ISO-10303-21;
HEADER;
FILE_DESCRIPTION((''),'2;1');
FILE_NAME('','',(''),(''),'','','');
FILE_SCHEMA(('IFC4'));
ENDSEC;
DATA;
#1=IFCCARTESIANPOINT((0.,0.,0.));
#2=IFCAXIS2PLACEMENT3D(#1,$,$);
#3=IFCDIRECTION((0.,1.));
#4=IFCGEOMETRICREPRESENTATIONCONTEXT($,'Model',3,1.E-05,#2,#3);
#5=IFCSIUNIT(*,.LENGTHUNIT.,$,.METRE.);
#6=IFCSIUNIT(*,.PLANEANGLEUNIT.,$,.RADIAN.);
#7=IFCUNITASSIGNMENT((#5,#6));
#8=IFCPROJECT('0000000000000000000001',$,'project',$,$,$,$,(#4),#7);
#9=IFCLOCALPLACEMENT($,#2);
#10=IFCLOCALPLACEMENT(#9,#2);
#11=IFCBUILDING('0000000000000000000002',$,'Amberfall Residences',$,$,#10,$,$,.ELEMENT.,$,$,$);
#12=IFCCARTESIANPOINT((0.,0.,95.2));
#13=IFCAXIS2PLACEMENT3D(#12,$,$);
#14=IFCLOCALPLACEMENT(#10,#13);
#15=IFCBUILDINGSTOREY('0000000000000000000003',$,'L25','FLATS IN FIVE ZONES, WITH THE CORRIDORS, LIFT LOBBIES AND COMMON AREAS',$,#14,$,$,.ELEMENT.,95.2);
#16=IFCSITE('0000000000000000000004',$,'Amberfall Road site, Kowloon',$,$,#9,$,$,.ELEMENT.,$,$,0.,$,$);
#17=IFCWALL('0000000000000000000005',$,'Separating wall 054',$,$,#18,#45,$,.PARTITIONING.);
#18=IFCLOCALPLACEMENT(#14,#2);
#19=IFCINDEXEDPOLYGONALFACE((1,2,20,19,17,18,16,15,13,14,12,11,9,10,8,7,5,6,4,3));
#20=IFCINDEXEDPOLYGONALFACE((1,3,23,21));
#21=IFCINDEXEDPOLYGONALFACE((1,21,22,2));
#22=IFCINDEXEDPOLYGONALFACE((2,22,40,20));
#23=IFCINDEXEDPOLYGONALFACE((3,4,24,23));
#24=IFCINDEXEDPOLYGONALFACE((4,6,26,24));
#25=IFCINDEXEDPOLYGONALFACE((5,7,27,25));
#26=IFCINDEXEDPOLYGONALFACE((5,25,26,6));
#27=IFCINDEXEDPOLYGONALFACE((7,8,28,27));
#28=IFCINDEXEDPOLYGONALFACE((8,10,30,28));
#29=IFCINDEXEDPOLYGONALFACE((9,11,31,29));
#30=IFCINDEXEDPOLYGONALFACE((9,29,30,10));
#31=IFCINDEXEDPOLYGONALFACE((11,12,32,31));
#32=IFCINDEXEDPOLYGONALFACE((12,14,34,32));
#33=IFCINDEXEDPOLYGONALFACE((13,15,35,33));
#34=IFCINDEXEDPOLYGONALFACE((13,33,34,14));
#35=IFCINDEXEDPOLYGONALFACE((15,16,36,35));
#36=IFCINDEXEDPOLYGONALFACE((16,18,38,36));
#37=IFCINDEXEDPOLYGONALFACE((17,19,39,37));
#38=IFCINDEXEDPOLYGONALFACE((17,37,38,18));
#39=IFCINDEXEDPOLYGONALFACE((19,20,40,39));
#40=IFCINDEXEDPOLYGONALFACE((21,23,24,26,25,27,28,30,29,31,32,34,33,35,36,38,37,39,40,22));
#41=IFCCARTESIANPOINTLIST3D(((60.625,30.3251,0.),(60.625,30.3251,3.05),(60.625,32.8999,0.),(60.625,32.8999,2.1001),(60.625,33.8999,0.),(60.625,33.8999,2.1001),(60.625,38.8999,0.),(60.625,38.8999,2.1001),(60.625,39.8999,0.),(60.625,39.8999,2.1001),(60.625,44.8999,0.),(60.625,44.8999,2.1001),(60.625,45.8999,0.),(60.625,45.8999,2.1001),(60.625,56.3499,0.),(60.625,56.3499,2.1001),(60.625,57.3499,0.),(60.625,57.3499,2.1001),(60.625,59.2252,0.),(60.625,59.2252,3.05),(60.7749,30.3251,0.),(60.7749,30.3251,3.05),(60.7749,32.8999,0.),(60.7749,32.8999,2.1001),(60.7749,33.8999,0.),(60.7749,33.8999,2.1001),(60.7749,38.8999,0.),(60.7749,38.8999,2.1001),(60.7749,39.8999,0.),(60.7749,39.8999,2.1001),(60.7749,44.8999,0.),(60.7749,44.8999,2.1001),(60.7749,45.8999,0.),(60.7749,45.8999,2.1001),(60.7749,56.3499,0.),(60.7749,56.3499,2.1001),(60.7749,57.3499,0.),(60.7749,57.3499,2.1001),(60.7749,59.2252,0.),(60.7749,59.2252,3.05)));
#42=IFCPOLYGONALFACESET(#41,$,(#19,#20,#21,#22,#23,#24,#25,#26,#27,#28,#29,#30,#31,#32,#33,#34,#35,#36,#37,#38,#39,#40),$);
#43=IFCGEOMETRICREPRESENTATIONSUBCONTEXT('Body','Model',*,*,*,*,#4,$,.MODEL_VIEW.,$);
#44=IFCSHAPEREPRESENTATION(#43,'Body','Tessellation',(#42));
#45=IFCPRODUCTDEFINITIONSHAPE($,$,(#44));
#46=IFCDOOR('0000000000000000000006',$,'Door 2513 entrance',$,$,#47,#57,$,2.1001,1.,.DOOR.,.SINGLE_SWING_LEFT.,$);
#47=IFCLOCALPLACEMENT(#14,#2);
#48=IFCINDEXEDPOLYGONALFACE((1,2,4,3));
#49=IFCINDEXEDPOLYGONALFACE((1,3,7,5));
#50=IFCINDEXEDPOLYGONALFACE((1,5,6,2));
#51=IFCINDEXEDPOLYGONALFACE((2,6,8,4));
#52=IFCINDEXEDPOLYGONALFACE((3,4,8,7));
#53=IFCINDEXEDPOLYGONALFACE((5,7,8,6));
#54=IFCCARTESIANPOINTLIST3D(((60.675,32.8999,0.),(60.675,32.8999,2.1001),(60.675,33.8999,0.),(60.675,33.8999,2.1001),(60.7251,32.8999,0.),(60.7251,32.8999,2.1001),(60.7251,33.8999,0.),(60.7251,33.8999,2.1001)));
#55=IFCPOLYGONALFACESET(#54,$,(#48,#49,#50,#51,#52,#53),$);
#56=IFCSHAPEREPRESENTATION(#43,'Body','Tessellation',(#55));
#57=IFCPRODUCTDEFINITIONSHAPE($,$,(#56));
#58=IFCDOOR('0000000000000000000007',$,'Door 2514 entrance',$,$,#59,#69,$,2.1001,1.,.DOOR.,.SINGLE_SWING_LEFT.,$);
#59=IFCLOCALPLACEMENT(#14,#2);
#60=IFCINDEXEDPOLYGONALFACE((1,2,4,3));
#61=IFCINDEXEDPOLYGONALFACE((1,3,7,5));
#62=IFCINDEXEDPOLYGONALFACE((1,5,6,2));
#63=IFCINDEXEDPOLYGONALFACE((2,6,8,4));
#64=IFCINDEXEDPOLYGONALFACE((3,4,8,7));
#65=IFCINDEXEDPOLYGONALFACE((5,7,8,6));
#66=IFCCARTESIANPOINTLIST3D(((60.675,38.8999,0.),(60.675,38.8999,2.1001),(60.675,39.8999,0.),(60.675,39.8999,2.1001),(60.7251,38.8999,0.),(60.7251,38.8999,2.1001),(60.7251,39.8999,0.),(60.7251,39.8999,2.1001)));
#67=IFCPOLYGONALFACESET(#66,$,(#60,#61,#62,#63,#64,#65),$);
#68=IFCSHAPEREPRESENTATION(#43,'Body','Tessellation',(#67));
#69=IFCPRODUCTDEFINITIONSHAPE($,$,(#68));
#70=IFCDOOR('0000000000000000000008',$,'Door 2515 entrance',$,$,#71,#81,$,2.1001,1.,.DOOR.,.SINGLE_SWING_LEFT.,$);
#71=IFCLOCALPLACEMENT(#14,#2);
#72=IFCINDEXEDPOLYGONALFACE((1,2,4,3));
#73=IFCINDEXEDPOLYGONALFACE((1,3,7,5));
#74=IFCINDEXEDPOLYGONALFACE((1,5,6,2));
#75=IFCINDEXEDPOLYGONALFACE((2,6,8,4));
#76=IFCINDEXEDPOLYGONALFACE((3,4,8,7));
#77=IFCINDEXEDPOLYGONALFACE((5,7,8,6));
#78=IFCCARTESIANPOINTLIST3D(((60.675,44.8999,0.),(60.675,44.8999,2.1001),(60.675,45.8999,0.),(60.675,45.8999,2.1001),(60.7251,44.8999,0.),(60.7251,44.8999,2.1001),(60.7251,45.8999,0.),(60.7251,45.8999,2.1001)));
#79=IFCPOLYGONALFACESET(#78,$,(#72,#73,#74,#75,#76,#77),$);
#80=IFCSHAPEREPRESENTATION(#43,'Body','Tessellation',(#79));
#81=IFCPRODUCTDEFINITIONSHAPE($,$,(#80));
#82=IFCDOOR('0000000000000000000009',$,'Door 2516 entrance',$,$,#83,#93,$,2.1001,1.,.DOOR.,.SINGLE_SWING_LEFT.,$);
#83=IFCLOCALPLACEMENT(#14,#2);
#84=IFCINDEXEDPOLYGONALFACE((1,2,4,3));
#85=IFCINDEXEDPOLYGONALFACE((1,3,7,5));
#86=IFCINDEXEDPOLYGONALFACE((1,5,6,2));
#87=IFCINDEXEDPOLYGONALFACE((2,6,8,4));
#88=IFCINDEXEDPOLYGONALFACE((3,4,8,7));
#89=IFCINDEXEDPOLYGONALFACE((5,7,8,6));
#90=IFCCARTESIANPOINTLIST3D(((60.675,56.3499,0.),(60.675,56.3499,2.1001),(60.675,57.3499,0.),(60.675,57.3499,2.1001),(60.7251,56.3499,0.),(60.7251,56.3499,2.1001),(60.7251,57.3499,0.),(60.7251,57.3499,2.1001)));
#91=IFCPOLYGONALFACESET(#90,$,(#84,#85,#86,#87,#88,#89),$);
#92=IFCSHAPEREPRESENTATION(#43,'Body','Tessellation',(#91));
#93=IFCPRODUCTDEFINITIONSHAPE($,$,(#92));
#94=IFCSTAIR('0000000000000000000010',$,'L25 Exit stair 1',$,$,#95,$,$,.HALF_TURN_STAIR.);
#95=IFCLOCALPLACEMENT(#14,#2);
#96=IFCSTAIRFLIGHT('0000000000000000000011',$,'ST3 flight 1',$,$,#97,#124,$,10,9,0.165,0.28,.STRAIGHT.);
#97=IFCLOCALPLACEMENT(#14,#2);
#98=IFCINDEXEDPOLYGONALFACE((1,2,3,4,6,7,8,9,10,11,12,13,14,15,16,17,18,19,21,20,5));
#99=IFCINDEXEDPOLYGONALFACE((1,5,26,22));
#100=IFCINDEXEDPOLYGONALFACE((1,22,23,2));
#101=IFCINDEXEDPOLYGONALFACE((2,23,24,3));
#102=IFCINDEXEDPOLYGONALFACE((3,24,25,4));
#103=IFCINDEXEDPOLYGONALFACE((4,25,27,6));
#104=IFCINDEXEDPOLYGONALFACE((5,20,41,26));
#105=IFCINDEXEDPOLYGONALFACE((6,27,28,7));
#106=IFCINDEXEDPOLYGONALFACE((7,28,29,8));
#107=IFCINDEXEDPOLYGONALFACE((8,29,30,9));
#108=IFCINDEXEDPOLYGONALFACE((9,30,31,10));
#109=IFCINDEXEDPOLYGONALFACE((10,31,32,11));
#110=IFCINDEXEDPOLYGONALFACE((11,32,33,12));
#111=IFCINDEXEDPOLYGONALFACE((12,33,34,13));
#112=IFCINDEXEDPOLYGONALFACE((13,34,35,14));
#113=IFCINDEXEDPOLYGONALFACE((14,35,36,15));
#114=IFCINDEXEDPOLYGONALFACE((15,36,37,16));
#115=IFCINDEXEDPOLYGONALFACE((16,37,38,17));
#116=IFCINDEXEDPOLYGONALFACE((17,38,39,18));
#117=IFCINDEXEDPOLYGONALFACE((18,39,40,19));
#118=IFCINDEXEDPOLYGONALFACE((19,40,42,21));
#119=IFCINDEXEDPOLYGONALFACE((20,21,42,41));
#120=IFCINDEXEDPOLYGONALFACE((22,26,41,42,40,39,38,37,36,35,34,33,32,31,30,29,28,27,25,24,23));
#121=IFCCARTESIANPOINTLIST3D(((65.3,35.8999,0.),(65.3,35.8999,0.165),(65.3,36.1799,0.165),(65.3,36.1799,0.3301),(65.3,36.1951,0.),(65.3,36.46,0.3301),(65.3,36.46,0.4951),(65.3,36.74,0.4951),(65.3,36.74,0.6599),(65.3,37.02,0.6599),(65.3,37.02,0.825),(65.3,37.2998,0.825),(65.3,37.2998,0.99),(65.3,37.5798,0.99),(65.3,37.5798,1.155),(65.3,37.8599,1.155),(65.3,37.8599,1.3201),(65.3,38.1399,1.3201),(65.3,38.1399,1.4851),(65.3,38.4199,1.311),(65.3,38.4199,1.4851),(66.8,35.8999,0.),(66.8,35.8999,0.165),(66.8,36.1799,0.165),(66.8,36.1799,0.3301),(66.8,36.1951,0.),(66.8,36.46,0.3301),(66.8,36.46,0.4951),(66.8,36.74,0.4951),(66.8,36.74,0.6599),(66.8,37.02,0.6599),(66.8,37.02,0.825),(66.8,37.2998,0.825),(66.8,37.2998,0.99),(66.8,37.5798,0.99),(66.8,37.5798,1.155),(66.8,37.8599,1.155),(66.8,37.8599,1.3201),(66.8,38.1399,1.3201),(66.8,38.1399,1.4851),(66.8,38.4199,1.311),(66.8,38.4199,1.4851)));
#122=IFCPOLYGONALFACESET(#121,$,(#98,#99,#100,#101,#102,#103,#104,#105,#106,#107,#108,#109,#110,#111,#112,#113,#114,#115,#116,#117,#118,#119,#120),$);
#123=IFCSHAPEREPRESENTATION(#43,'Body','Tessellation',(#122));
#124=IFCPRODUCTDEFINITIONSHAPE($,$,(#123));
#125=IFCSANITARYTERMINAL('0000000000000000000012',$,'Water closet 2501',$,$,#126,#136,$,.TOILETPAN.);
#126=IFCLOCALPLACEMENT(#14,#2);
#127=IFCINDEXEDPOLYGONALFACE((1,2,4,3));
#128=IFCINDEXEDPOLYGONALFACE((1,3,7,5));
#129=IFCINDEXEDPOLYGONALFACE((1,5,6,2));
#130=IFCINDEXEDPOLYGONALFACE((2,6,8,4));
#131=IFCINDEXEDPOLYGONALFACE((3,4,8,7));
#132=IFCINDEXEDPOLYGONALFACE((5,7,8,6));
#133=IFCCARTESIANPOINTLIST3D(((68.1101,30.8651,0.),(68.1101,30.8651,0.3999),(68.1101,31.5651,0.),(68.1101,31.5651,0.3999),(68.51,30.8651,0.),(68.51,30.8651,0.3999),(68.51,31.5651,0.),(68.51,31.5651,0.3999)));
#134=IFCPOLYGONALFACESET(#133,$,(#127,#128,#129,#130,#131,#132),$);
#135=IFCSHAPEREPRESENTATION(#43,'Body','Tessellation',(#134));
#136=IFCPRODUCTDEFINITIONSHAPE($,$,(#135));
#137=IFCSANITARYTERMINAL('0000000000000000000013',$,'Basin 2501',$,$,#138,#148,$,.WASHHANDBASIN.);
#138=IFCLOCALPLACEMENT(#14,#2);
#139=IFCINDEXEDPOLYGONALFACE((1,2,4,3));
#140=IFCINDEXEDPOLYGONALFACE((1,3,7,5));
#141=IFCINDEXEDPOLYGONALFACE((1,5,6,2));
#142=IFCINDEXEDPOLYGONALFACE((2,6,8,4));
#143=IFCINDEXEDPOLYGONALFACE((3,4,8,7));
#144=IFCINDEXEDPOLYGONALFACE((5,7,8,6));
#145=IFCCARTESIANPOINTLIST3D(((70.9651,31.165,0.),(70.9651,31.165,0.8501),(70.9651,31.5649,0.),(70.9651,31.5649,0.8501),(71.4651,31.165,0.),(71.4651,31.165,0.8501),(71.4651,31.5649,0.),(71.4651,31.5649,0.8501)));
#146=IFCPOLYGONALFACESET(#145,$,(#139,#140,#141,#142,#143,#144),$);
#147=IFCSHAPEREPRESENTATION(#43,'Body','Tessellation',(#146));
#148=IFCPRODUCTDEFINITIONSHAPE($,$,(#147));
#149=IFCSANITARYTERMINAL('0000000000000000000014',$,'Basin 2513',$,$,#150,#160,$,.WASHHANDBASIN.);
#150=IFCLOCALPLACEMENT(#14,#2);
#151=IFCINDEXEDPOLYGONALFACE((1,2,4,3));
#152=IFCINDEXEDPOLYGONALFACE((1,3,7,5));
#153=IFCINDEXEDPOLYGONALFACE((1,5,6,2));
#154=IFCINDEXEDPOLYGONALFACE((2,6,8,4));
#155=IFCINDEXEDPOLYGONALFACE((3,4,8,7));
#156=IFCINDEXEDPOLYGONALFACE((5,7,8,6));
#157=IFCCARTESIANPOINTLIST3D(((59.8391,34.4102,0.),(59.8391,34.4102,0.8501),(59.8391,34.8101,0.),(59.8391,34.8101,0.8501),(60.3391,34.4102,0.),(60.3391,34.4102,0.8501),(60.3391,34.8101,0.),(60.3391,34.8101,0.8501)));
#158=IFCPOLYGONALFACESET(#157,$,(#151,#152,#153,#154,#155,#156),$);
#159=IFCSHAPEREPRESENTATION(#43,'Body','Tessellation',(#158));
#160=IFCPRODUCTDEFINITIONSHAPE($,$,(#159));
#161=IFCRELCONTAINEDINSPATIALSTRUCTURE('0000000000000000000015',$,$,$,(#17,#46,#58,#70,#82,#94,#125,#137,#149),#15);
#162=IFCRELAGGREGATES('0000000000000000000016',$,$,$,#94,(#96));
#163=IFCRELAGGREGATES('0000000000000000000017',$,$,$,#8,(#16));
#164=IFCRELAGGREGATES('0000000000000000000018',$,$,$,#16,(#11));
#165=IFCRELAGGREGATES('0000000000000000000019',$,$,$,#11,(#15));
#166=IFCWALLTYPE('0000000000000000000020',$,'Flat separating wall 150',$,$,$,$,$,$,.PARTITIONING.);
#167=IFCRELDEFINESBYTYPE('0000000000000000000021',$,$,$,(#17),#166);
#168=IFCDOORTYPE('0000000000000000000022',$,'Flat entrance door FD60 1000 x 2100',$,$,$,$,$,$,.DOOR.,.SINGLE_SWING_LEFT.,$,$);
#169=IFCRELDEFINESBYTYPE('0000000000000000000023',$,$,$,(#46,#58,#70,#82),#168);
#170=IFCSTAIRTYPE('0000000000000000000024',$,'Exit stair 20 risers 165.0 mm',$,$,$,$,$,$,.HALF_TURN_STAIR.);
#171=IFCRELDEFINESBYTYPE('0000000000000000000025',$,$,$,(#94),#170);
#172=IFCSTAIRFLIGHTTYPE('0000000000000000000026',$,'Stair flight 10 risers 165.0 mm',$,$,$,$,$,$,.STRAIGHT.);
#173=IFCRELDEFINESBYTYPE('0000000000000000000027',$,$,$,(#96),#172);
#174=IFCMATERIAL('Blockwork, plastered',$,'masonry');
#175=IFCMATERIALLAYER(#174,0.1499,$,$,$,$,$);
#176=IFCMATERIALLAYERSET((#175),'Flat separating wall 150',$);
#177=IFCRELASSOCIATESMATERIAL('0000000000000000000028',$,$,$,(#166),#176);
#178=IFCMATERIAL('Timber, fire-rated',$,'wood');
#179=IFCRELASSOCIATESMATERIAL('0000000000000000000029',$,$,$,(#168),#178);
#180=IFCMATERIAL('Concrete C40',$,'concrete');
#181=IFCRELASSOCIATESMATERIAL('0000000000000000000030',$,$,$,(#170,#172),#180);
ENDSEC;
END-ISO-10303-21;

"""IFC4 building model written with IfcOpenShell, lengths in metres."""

from ifc_helpers import new_model, si_unit, direction, frame, frame_2d, origin, origin_2d, place, context, subcontext, project, spatial, polyline, rectangle, outline, extrude, material, layer, layer_set, type_object, element, fill, aggregate, save


model = new_model("IFC4")

# Units and contexts
model_context = context("Model", 3, precision=1e-05, world=origin(), true_north=direction((0.0, 1.0)))
body_context = subcontext(model_context, "Body", "Model", "MODEL_VIEW")
ifc_project = project(units=[si_unit("LENGTHUNIT", "METRE"), si_unit("PLANEANGLEUNIT", "RADIAN")], contexts=[model_context])

# Site, building, storey
site_placement = place(None, origin())
site = spatial("IfcSite", under=ifc_project, at=site_placement, Name="Amberfall Road site, Kowloon", CompositionType="ELEMENT", RefElevation=0.0)
building_placement = place(site_placement, origin())
building = spatial("IfcBuilding", under=site, at=building_placement, Name="Amberfall Residences", CompositionType="ELEMENT")
storey_placement = place(building_placement, frame((0.0, 0.0, 95.2)))
storey = spatial("IfcBuildingStorey", under=building, at=storey_placement, Name="L25", Description="FLATS IN FIVE ZONES, WITH THE CORRIDORS, LIFT LOBBIES AND COMMON AREAS", CompositionType="ELEMENT", Elevation=95.2)

# Wall, openings, doors
ifc_material_1 = material(Name="Blockwork, plastered", Category="masonry")
ifc_layer_1 = layer(ifc_material_1, 0.1499)
ifc_layer_set_1 = layer_set([ifc_layer_1], Name="Flat separating wall 150")
wall_type_1 = type_object("IfcWallType", Name="Flat separating wall 150", PredefinedType="PARTITIONING", material=ifc_layer_set_1)
wall_1_placement = place(storey_placement, frame((60.7, 30.325, 0.0), z_axis=(0.0, 0.0, 1.0), x_axis=(0.0, 1.0, 0.0)))
wall_1 = element("IfcWall", 1, at=wall_1_placement, inside=storey, type_object=wall_type_1, Name="Separating wall 054", PredefinedType="PARTITIONING", context=body_context, shape_type="SweptSolid", body=[
    extrude(rectangle(XDim=28.9001, YDim=0.1499, at=frame_2d((14.4502, 0.0))), origin(), (0.0, 0.0, 1.0), 3.05),
])
opening_1_placement = place(wall_1_placement, frame((2.575, 0.0, 0.0)))
opening_1 = element("IfcOpeningElement", 2, at=opening_1_placement, cuts=wall_1, PredefinedType="OPENING", context=body_context, shape_type="SweptSolid", body=[
    extrude(rectangle(XDim=1.0, YDim=2.1001, at=frame_2d((0.5, 1.05))), frame((0.0, 0.085, 0.0), z_axis=(0.0, -1.0, 0.0), x_axis=(1.0, 0.0, 0.0)), (0.0, 0.0, 1.0), 0.1699),
])
opening_2_placement = place(wall_1_placement, frame((8.575, 0.0, 0.0)))
opening_2 = element("IfcOpeningElement", 3, at=opening_2_placement, cuts=wall_1, PredefinedType="OPENING", context=body_context, shape_type="SweptSolid", body=[
    extrude(rectangle(XDim=1.0, YDim=2.1001, at=frame_2d((0.5, 1.05))), frame((0.0, 0.085, 0.0), z_axis=(0.0, -1.0, 0.0), x_axis=(1.0, 0.0, 0.0)), (0.0, 0.0, 1.0), 0.1699),
])
opening_3_placement = place(wall_1_placement, frame((14.575, 0.0, 0.0)))
opening_3 = element("IfcOpeningElement", 4, at=opening_3_placement, cuts=wall_1, PredefinedType="OPENING", context=body_context, shape_type="SweptSolid", body=[
    extrude(rectangle(XDim=1.0, YDim=2.1001, at=frame_2d((0.5, 1.05))), frame((0.0, 0.085, 0.0), z_axis=(0.0, -1.0, 0.0), x_axis=(1.0, 0.0, 0.0)), (0.0, 0.0, 1.0), 0.1699),
])
opening_4_placement = place(wall_1_placement, frame((26.0249, 0.0, 0.0)))
opening_4 = element("IfcOpeningElement", 5, at=opening_4_placement, cuts=wall_1, PredefinedType="OPENING", context=body_context, shape_type="SweptSolid", body=[
    extrude(rectangle(XDim=1.0, YDim=2.1001, at=frame_2d((0.5, 1.05))), frame((0.0, 0.085, 0.0), z_axis=(0.0, -1.0, 0.0), x_axis=(1.0, 0.0, 0.0)), (0.0, 0.0, 1.0), 0.1699),
])
ifc_material_2 = material(Name="Timber, fire-rated", Category="wood")
door_type_1 = type_object("IfcDoorType", Name="Flat entrance door FD60 1000 x 2100", OperationType="SINGLE_SWING_LEFT", PredefinedType="DOOR", material=ifc_material_2)
door_1_placement = place(opening_1_placement, origin())
door_1 = element("IfcDoor", 6, at=door_1_placement, inside=storey, type_object=door_type_1, Name="Door 2513 entrance", OperationType="SINGLE_SWING_LEFT", OverallHeight=2.1001, OverallWidth=1.0, PredefinedType="DOOR", context=body_context, shape_type="SweptSolid", body=[
    extrude(rectangle(XDim=1.0, YDim=2.1001, at=frame_2d((0.5, 1.05))), frame((0.0, 0.0249, 0.0), z_axis=(0.0, -1.0, 0.0), x_axis=(1.0, 0.0, 0.0)), (0.0, 0.0, 1.0), 0.05),
])
fill(opening_1, door_1)
door_2_placement = place(opening_2_placement, origin())
door_2 = element("IfcDoor", 7, at=door_2_placement, inside=storey, type_object=door_type_1, Name="Door 2514 entrance", OperationType="SINGLE_SWING_LEFT", OverallHeight=2.1001, OverallWidth=1.0, PredefinedType="DOOR", context=body_context, shape_type="SweptSolid", body=[
    extrude(rectangle(XDim=1.0, YDim=2.1001, at=frame_2d((0.5, 1.05))), frame((0.0, 0.0249, 0.0), z_axis=(0.0, -1.0, 0.0), x_axis=(1.0, 0.0, 0.0)), (0.0, 0.0, 1.0), 0.05),
])
fill(opening_2, door_2)
door_3_placement = place(opening_3_placement, origin())
door_3 = element("IfcDoor", 8, at=door_3_placement, inside=storey, type_object=door_type_1, Name="Door 2515 entrance", OperationType="SINGLE_SWING_LEFT", OverallHeight=2.1001, OverallWidth=1.0, PredefinedType="DOOR", context=body_context, shape_type="SweptSolid", body=[
    extrude(rectangle(XDim=1.0, YDim=2.1001, at=frame_2d((0.5, 1.05))), frame((0.0, 0.0249, 0.0), z_axis=(0.0, -1.0, 0.0), x_axis=(1.0, 0.0, 0.0)), (0.0, 0.0, 1.0), 0.05),
])
fill(opening_3, door_3)
door_4_placement = place(opening_4_placement, origin())
door_4 = element("IfcDoor", 9, at=door_4_placement, inside=storey, type_object=door_type_1, Name="Door 2516 entrance", OperationType="SINGLE_SWING_LEFT", OverallHeight=2.1001, OverallWidth=1.0, PredefinedType="DOOR", context=body_context, shape_type="SweptSolid", body=[
    extrude(rectangle(XDim=1.0, YDim=2.1001, at=frame_2d((0.5, 1.05))), frame((0.0, 0.0249, 0.0), z_axis=(0.0, -1.0, 0.0), x_axis=(1.0, 0.0, 0.0)), (0.0, 0.0, 1.0), 0.05),
])
fill(opening_4, door_4)

# Stair, stair flight
ifc_material_3 = material(Name="Concrete C40", Category="concrete")
stair_type = type_object("IfcStairType", Name="Exit stair 20 risers 165.0 mm", PredefinedType="HALF_TURN_STAIR", material=ifc_material_3)
stair_placement = place(storey_placement, origin())
stair = element("IfcStair", 10, at=stair_placement, inside=storey, type_object=stair_type, Name="L25 Exit stair 1", PredefinedType="HALF_TURN_STAIR")
stair_flight_type = type_object("IfcStairFlightType", Name="Stair flight 10 risers 165.0 mm", PredefinedType="STRAIGHT", material=ifc_material_3)
stair_flight_placement = place(storey_placement, frame((66.05, 35.8999, 0.0), z_axis=(0.0, 0.0, 1.0), x_axis=(0.0, 1.0, 0.0)))
stair_flight = element("IfcStairFlight", 11, at=stair_flight_placement, type_object=stair_flight_type, Name="ST3 flight 1", NumberOfRisers=10, NumberOfTreads=9, PredefinedType="STRAIGHT", RiserHeight=0.165, TreadLength=0.28, context=body_context, shape_type="SweptSolid", body=[
    extrude(outline(polyline([(0.0, 0.0), (0.0, 0.165), (0.28, 0.165), (0.28, 0.3301), (0.5601, 0.3301), (0.5601, 0.4951), (0.8401, 0.4951), (0.8401, 0.6599), (1.1201, 0.6599), (1.1201, 0.825), (1.3999, 0.825), (1.3999, 0.99), (1.6799, 0.99), (1.6799, 1.155), (1.96, 1.155), (1.96, 1.3201), (2.24, 1.3201), (2.24, 1.4851), (2.52, 1.4851), (2.52, 1.6499), (2.52, 1.311), (0.2952, 0.0), (0.0, 0.0)])), frame((0.0, 0.75, 0.0), z_axis=(0.0, -1.0, 0.0), x_axis=(1.0, 0.0, 0.0)), (0.0, 0.0, 1.0), 1.5),
])
aggregate(stair, [stair_flight])

# Sanitary terminals
sanitary_terminal_placement = place(storey_placement, frame((68.3101, 31.2151, 0.0), z_axis=(0.0, 0.0, 1.0), x_axis=(1.0, 0.0, 0.0)))
element("IfcSanitaryTerminal", 12, at=sanitary_terminal_placement, inside=storey, Name="Water closet 2501", PredefinedType="TOILETPAN", context=body_context, shape_type="SweptSolid", body=[
    extrude(rectangle(XDim=0.3999, YDim=0.7, at=origin_2d()), origin(), (0.0, 0.0, 1.0), 0.3999),
])
for number, where, z_axis, x_axis, name in (
    (13, (71.2151, 31.365, 0.0), (0.0, 0.0, 1.0), (1.0, 0.0, 0.0), "Basin 2501"),
    (14, (60.0891, 34.6101, 0.0), (0.0, 0.0, 1.0), (1.0, 0.0, 0.0), "Basin 2513"),
):
    element("IfcSanitaryTerminal", number, at=place(storey_placement, frame(where, z_axis=z_axis, x_axis=x_axis)), inside=storey, Name=name, PredefinedType="WASHHANDBASIN", context=body_context, shape_type="SweptSolid", body=[
        extrude(rectangle(XDim=0.5, YDim=0.3999, at=origin_2d()), origin(), (0.0, 0.0, 1.0), 0.8501),
    ])

save(model, "model.ifc")
